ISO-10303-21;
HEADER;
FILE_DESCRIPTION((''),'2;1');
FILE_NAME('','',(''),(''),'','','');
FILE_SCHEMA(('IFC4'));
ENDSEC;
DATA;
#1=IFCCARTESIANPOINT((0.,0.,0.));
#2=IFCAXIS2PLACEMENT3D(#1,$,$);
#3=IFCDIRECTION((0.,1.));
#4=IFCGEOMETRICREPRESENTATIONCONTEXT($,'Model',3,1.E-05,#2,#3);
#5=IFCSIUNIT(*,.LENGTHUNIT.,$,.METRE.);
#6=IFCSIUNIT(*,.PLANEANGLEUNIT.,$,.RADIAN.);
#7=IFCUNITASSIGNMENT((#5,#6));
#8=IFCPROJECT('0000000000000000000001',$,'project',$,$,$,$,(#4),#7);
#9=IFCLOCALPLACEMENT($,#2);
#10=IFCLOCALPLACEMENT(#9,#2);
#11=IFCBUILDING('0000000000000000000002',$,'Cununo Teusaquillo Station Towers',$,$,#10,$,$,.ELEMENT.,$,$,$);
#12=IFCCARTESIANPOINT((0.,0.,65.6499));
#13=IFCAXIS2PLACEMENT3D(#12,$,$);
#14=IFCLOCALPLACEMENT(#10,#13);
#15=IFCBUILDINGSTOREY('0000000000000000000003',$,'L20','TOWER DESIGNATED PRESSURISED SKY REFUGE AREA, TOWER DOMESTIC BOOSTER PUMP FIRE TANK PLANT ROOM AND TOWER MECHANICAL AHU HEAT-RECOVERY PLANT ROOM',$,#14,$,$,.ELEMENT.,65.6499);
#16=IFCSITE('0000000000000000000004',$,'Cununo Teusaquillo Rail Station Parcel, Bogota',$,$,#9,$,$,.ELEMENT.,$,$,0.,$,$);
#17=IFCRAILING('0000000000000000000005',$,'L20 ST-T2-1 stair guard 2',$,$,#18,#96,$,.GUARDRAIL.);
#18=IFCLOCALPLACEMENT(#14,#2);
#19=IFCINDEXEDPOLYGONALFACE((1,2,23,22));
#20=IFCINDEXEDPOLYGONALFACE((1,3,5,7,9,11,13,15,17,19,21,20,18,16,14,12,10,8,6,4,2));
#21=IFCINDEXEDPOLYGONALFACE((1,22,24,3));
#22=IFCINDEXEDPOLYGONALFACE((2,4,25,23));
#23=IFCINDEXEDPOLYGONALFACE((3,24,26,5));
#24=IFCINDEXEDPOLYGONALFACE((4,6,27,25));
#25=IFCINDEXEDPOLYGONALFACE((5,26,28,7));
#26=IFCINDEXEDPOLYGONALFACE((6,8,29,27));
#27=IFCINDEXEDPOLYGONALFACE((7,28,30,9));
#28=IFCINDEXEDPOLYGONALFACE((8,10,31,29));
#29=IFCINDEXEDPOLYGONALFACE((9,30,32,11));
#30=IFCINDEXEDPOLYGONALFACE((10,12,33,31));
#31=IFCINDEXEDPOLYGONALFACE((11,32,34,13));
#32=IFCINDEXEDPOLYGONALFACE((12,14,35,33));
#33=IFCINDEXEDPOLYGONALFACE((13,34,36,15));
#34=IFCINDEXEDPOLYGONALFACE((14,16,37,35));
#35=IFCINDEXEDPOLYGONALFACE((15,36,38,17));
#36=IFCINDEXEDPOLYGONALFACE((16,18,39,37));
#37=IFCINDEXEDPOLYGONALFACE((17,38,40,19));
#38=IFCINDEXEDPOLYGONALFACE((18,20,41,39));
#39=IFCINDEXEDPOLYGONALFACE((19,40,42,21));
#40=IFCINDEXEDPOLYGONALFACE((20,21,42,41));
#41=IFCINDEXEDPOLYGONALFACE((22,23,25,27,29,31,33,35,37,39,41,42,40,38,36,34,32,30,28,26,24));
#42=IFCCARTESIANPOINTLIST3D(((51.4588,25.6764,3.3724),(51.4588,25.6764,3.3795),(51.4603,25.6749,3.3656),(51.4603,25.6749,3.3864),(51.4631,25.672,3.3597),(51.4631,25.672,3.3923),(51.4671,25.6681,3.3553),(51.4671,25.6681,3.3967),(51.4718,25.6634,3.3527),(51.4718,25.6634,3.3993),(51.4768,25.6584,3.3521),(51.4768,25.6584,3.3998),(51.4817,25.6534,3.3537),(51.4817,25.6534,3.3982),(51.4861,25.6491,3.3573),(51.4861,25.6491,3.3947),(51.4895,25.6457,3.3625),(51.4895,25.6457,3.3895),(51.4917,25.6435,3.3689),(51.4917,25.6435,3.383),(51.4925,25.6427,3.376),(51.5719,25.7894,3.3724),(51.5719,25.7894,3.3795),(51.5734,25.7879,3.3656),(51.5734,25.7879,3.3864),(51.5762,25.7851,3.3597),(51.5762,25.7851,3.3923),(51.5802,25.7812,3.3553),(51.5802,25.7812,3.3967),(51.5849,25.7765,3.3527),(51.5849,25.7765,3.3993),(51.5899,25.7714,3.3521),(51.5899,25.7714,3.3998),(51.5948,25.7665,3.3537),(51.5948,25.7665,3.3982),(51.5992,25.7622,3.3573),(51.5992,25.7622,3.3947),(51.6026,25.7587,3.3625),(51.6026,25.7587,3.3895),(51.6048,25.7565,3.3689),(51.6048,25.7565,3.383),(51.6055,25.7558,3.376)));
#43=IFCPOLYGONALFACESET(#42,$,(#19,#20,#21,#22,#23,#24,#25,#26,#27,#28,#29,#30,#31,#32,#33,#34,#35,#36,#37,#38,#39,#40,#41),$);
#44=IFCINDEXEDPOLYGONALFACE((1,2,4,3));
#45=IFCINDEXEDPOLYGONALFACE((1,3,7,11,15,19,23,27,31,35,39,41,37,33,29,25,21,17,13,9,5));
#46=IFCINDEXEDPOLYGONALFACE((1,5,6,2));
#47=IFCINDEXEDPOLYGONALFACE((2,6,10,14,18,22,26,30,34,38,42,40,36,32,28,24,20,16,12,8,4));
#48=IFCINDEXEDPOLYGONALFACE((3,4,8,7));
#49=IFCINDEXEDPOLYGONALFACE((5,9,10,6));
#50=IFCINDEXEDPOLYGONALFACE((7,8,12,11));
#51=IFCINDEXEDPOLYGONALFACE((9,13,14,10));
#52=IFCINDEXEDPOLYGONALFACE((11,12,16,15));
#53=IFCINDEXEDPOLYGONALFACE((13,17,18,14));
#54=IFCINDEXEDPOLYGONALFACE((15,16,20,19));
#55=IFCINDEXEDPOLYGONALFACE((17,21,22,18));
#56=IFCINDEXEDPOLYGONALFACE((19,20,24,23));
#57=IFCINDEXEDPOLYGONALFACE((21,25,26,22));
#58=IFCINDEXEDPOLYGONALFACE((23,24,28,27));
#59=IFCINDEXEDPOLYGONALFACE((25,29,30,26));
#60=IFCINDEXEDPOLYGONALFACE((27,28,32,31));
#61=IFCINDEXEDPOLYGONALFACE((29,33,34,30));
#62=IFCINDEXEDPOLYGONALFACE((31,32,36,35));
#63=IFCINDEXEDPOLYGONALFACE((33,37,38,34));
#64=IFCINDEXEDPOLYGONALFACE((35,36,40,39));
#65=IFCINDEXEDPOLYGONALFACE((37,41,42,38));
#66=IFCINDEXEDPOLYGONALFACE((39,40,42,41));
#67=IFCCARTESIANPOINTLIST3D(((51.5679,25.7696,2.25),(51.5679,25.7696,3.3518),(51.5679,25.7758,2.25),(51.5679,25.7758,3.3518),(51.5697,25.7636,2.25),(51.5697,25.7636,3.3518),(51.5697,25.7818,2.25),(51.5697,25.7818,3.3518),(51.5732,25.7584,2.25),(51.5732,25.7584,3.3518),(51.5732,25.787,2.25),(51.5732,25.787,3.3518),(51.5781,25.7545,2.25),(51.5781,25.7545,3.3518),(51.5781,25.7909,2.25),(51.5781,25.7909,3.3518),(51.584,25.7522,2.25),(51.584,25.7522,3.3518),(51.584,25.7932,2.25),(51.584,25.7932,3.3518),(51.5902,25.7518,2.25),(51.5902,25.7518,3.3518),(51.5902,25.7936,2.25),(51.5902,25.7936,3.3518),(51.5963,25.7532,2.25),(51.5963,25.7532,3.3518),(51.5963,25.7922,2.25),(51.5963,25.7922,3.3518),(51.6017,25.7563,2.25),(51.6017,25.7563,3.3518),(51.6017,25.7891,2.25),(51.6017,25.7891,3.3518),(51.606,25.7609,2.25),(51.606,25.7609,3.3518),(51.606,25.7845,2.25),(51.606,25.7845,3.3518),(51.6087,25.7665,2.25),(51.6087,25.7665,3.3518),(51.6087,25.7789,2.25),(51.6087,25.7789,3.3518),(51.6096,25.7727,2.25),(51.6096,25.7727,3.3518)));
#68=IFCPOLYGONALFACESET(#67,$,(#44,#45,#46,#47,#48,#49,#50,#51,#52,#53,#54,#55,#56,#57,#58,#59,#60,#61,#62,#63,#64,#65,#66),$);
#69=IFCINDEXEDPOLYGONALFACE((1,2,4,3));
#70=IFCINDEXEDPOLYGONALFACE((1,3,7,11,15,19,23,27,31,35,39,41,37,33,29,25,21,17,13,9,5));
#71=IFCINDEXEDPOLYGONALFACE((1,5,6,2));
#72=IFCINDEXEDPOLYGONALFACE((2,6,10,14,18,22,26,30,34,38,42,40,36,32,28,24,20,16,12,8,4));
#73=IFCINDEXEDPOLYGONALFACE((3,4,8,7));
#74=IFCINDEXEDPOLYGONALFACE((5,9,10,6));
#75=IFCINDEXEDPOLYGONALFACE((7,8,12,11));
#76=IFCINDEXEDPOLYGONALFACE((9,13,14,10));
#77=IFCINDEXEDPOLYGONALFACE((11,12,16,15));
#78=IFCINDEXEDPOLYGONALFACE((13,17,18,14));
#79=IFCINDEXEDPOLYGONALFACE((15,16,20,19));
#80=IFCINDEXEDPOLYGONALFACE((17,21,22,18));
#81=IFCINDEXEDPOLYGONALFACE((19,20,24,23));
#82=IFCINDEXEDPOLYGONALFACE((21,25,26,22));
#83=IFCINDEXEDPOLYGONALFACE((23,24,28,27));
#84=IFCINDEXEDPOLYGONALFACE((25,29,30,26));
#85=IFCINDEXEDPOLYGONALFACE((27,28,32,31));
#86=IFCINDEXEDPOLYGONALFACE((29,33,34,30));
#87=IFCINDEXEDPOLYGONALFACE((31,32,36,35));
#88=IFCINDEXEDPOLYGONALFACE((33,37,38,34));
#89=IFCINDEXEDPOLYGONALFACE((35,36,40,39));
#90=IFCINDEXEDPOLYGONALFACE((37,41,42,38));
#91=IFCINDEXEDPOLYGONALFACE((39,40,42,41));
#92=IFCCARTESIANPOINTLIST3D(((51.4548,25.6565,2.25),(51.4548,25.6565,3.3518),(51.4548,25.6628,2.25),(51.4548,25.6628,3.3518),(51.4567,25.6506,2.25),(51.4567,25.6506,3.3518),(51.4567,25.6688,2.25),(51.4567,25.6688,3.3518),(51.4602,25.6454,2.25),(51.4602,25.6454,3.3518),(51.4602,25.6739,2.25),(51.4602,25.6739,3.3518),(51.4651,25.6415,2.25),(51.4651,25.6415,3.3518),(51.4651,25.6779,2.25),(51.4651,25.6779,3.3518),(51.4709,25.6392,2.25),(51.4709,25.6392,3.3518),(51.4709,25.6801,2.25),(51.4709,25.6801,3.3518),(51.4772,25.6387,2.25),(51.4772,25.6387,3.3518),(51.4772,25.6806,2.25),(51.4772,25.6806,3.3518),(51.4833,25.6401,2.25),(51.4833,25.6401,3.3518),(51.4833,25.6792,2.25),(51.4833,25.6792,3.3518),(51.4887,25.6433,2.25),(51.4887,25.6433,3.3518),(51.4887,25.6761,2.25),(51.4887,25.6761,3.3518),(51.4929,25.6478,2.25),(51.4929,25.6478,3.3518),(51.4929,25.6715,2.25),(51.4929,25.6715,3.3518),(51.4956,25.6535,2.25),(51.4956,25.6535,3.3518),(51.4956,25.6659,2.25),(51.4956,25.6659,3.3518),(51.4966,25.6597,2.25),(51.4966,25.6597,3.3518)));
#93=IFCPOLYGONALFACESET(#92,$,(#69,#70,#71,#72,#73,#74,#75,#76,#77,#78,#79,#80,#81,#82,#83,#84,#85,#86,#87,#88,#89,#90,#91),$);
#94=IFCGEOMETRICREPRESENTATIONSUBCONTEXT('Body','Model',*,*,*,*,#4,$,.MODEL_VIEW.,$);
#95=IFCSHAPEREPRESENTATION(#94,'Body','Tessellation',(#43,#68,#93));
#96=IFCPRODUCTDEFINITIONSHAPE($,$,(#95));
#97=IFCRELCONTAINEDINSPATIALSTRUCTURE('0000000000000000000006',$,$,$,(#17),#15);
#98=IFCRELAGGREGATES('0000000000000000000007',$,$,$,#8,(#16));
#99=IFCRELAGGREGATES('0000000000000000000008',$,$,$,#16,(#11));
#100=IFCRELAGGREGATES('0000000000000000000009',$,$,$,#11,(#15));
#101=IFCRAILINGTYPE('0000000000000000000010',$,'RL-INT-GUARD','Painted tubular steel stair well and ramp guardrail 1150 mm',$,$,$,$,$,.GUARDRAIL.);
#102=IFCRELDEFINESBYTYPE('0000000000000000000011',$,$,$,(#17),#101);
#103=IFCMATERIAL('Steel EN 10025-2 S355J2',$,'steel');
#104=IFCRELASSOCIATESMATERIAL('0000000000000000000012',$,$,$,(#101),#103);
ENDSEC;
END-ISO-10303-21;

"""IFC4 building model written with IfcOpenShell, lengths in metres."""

from ifc_helpers import new_model, si_unit, direction, frame, origin, origin_2d, place, context, subcontext, project, spatial, circle, extrude, material, type_object, element, save


model = new_model("IFC4")

# Units and contexts
model_context = context("Model", 3, precision=1e-05, world=origin(), true_north=direction((0.0, 1.0)))
body_context = subcontext(model_context, "Body", "Model", "MODEL_VIEW")
ifc_project = project(units=[si_unit("LENGTHUNIT", "METRE"), si_unit("PLANEANGLEUNIT", "RADIAN")], contexts=[model_context])

# Site, building, storey
site_placement = place(None, origin())
site = spatial("IfcSite", under=ifc_project, at=site_placement, Name="Cununo Teusaquillo Rail Station Parcel, Bogota", CompositionType="ELEMENT", RefElevation=0.0)
building_placement = place(site_placement, origin())
building = spatial("IfcBuilding", under=site, at=building_placement, Name="Cununo Teusaquillo Station Towers", CompositionType="ELEMENT")
storey_placement = place(building_placement, frame((0.0, 0.0, 65.6499)))
storey = spatial("IfcBuildingStorey", under=building, at=storey_placement, Name="L20", Description="TOWER DESIGNATED PRESSURISED SKY REFUGE AREA, TOWER DOMESTIC BOOSTER PUMP FIRE TANK PLANT ROOM AND TOWER MECHANICAL AHU HEAT-RECOVERY PLANT ROOM", CompositionType="ELEMENT", Elevation=65.6499)

# Railing
ifc_material_1 = material(Name="Steel EN 10025-2 S355J2", Category="steel")
railing_type = type_object("IfcRailingType", Name="RL-INT-GUARD", Description="Painted tubular steel stair well and ramp guardrail 1150 mm", PredefinedType="GUARDRAIL", material=ifc_material_1)
railing_1_placement = place(storey_placement, frame((51.5886, 25.7727, 2.25)))
element("IfcRailing", 1, at=railing_1_placement, inside=storey, type_object=railing_type, Name="L20 ST-T2-1 stair guard 2", PredefinedType="GUARDRAIL", context=body_context, shape_type="SweptSolid", body=[
    extrude(circle(Radius=0.0239, at=origin_2d()), frame((0.0, 0.0, 1.126), z_axis=(-0.707107, -0.707107, 0.0), x_axis=(0.707107, -0.707107, 0.0)), (0.0, 0.0, 1.0), 0.1599),
    extrude(circle(Radius=0.021, at=origin_2d()), origin(), (0.0, 0.0, 1.0), 1.1018),
    extrude(circle(Radius=0.021, at=origin_2d()), frame((-0.113, -0.113, 0.0)), (0.0, 0.0, 1.0), 1.1018),
])

save(model, "model.ifc")
